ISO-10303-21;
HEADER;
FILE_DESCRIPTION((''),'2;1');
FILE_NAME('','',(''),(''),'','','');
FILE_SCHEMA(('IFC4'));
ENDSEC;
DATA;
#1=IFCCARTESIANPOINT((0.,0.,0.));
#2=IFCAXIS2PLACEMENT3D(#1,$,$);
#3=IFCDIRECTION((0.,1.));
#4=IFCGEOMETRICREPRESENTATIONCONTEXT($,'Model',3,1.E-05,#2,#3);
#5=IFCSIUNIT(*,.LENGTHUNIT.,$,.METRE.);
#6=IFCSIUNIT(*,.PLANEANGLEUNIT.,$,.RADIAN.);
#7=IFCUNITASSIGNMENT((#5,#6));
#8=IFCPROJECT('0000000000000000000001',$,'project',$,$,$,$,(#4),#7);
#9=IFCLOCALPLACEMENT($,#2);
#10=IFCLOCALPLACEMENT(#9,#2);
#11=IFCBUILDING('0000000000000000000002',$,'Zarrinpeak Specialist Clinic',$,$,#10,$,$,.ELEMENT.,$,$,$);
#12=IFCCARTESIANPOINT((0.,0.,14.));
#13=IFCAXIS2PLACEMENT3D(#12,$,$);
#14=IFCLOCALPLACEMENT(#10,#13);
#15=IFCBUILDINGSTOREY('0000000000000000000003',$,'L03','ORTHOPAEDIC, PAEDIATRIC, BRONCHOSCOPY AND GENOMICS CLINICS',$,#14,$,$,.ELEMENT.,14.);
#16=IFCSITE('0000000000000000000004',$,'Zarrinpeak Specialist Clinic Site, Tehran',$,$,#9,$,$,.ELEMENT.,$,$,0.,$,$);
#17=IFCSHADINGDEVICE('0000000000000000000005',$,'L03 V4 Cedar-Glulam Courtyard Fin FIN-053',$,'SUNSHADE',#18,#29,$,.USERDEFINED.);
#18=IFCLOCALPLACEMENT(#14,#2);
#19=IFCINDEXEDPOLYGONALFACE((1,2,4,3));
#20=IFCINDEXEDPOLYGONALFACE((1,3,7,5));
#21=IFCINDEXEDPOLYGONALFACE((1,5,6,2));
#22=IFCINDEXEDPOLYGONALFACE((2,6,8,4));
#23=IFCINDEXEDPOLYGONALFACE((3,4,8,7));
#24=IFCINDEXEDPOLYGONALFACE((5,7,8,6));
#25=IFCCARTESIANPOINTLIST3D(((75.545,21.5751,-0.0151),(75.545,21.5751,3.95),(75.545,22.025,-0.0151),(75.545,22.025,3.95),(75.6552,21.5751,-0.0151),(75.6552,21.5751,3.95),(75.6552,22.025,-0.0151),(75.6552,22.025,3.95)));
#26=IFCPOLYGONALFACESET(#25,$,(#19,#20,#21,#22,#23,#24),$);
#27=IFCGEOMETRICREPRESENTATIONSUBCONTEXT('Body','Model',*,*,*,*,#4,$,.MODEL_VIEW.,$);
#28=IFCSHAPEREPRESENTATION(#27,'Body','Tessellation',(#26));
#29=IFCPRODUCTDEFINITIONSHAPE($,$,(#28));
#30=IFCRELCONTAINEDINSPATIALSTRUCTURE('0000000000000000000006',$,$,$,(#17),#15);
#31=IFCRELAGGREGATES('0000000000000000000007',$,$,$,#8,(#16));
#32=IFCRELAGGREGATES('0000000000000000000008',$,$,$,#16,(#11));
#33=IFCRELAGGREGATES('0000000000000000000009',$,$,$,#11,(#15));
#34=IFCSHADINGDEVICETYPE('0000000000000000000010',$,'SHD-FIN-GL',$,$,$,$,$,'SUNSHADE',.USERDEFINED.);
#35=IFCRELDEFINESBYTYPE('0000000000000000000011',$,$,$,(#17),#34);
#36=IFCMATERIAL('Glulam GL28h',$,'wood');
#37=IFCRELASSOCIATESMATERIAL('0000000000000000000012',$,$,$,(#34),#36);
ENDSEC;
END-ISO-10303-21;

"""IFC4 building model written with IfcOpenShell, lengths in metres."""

from ifc_helpers import new_model, si_unit, direction, frame, origin, origin_2d, place, context, subcontext, project, spatial, rectangle, extrude, material, type_object, element, save


model = new_model("IFC4")

# Units and contexts
model_context = context("Model", 3, precision=1e-05, world=origin(), true_north=direction((0.0, 1.0)))
body_context = subcontext(model_context, "Body", "Model", "MODEL_VIEW")
ifc_project = project(units=[si_unit("LENGTHUNIT", "METRE"), si_unit("PLANEANGLEUNIT", "RADIAN")], contexts=[model_context])

# Site, building, storey
site_placement = place(None, origin())
site = spatial("IfcSite", under=ifc_project, at=site_placement, Name="Zarrinpeak Specialist Clinic Site, Tehran", CompositionType="ELEMENT", RefElevation=0.0)
building_placement = place(site_placement, origin())
building = spatial("IfcBuilding", under=site, at=building_placement, Name="Zarrinpeak Specialist Clinic", CompositionType="ELEMENT")
storey_placement = place(building_placement, frame((0.0, 0.0, 14.0)))
storey = spatial("IfcBuildingStorey", under=building, at=storey_placement, Name="L03", Description="ORTHOPAEDIC, PAEDIATRIC, BRONCHOSCOPY AND GENOMICS CLINICS", CompositionType="ELEMENT", Elevation=14.0)

# Shading device
ifc_material_1 = material(Name="Glulam GL28h", Category="wood")
shading_device_type = type_object("IfcShadingDeviceType", Name="SHD-FIN-GL", ElementType="SUNSHADE", PredefinedType="USERDEFINED", material=ifc_material_1)
shading_device_placement = place(storey_placement, frame((75.6001, 21.8, -0.0151), z_axis=(0.0, 0.0, 1.0), x_axis=(1.0, 0.0, 0.0)))
element("IfcShadingDevice", 1, at=shading_device_placement, inside=storey, type_object=shading_device_type, Name="L03 V4 Cedar-Glulam Courtyard Fin FIN-053", ObjectType="SUNSHADE", PredefinedType="USERDEFINED", context=body_context, shape_type="SweptSolid", body=[
    extrude(rectangle(XDim=0.1101, YDim=0.45, at=origin_2d()), origin(), (0.0, 0.0, 1.0), 3.9651),
])

save(model, "model.ifc")
